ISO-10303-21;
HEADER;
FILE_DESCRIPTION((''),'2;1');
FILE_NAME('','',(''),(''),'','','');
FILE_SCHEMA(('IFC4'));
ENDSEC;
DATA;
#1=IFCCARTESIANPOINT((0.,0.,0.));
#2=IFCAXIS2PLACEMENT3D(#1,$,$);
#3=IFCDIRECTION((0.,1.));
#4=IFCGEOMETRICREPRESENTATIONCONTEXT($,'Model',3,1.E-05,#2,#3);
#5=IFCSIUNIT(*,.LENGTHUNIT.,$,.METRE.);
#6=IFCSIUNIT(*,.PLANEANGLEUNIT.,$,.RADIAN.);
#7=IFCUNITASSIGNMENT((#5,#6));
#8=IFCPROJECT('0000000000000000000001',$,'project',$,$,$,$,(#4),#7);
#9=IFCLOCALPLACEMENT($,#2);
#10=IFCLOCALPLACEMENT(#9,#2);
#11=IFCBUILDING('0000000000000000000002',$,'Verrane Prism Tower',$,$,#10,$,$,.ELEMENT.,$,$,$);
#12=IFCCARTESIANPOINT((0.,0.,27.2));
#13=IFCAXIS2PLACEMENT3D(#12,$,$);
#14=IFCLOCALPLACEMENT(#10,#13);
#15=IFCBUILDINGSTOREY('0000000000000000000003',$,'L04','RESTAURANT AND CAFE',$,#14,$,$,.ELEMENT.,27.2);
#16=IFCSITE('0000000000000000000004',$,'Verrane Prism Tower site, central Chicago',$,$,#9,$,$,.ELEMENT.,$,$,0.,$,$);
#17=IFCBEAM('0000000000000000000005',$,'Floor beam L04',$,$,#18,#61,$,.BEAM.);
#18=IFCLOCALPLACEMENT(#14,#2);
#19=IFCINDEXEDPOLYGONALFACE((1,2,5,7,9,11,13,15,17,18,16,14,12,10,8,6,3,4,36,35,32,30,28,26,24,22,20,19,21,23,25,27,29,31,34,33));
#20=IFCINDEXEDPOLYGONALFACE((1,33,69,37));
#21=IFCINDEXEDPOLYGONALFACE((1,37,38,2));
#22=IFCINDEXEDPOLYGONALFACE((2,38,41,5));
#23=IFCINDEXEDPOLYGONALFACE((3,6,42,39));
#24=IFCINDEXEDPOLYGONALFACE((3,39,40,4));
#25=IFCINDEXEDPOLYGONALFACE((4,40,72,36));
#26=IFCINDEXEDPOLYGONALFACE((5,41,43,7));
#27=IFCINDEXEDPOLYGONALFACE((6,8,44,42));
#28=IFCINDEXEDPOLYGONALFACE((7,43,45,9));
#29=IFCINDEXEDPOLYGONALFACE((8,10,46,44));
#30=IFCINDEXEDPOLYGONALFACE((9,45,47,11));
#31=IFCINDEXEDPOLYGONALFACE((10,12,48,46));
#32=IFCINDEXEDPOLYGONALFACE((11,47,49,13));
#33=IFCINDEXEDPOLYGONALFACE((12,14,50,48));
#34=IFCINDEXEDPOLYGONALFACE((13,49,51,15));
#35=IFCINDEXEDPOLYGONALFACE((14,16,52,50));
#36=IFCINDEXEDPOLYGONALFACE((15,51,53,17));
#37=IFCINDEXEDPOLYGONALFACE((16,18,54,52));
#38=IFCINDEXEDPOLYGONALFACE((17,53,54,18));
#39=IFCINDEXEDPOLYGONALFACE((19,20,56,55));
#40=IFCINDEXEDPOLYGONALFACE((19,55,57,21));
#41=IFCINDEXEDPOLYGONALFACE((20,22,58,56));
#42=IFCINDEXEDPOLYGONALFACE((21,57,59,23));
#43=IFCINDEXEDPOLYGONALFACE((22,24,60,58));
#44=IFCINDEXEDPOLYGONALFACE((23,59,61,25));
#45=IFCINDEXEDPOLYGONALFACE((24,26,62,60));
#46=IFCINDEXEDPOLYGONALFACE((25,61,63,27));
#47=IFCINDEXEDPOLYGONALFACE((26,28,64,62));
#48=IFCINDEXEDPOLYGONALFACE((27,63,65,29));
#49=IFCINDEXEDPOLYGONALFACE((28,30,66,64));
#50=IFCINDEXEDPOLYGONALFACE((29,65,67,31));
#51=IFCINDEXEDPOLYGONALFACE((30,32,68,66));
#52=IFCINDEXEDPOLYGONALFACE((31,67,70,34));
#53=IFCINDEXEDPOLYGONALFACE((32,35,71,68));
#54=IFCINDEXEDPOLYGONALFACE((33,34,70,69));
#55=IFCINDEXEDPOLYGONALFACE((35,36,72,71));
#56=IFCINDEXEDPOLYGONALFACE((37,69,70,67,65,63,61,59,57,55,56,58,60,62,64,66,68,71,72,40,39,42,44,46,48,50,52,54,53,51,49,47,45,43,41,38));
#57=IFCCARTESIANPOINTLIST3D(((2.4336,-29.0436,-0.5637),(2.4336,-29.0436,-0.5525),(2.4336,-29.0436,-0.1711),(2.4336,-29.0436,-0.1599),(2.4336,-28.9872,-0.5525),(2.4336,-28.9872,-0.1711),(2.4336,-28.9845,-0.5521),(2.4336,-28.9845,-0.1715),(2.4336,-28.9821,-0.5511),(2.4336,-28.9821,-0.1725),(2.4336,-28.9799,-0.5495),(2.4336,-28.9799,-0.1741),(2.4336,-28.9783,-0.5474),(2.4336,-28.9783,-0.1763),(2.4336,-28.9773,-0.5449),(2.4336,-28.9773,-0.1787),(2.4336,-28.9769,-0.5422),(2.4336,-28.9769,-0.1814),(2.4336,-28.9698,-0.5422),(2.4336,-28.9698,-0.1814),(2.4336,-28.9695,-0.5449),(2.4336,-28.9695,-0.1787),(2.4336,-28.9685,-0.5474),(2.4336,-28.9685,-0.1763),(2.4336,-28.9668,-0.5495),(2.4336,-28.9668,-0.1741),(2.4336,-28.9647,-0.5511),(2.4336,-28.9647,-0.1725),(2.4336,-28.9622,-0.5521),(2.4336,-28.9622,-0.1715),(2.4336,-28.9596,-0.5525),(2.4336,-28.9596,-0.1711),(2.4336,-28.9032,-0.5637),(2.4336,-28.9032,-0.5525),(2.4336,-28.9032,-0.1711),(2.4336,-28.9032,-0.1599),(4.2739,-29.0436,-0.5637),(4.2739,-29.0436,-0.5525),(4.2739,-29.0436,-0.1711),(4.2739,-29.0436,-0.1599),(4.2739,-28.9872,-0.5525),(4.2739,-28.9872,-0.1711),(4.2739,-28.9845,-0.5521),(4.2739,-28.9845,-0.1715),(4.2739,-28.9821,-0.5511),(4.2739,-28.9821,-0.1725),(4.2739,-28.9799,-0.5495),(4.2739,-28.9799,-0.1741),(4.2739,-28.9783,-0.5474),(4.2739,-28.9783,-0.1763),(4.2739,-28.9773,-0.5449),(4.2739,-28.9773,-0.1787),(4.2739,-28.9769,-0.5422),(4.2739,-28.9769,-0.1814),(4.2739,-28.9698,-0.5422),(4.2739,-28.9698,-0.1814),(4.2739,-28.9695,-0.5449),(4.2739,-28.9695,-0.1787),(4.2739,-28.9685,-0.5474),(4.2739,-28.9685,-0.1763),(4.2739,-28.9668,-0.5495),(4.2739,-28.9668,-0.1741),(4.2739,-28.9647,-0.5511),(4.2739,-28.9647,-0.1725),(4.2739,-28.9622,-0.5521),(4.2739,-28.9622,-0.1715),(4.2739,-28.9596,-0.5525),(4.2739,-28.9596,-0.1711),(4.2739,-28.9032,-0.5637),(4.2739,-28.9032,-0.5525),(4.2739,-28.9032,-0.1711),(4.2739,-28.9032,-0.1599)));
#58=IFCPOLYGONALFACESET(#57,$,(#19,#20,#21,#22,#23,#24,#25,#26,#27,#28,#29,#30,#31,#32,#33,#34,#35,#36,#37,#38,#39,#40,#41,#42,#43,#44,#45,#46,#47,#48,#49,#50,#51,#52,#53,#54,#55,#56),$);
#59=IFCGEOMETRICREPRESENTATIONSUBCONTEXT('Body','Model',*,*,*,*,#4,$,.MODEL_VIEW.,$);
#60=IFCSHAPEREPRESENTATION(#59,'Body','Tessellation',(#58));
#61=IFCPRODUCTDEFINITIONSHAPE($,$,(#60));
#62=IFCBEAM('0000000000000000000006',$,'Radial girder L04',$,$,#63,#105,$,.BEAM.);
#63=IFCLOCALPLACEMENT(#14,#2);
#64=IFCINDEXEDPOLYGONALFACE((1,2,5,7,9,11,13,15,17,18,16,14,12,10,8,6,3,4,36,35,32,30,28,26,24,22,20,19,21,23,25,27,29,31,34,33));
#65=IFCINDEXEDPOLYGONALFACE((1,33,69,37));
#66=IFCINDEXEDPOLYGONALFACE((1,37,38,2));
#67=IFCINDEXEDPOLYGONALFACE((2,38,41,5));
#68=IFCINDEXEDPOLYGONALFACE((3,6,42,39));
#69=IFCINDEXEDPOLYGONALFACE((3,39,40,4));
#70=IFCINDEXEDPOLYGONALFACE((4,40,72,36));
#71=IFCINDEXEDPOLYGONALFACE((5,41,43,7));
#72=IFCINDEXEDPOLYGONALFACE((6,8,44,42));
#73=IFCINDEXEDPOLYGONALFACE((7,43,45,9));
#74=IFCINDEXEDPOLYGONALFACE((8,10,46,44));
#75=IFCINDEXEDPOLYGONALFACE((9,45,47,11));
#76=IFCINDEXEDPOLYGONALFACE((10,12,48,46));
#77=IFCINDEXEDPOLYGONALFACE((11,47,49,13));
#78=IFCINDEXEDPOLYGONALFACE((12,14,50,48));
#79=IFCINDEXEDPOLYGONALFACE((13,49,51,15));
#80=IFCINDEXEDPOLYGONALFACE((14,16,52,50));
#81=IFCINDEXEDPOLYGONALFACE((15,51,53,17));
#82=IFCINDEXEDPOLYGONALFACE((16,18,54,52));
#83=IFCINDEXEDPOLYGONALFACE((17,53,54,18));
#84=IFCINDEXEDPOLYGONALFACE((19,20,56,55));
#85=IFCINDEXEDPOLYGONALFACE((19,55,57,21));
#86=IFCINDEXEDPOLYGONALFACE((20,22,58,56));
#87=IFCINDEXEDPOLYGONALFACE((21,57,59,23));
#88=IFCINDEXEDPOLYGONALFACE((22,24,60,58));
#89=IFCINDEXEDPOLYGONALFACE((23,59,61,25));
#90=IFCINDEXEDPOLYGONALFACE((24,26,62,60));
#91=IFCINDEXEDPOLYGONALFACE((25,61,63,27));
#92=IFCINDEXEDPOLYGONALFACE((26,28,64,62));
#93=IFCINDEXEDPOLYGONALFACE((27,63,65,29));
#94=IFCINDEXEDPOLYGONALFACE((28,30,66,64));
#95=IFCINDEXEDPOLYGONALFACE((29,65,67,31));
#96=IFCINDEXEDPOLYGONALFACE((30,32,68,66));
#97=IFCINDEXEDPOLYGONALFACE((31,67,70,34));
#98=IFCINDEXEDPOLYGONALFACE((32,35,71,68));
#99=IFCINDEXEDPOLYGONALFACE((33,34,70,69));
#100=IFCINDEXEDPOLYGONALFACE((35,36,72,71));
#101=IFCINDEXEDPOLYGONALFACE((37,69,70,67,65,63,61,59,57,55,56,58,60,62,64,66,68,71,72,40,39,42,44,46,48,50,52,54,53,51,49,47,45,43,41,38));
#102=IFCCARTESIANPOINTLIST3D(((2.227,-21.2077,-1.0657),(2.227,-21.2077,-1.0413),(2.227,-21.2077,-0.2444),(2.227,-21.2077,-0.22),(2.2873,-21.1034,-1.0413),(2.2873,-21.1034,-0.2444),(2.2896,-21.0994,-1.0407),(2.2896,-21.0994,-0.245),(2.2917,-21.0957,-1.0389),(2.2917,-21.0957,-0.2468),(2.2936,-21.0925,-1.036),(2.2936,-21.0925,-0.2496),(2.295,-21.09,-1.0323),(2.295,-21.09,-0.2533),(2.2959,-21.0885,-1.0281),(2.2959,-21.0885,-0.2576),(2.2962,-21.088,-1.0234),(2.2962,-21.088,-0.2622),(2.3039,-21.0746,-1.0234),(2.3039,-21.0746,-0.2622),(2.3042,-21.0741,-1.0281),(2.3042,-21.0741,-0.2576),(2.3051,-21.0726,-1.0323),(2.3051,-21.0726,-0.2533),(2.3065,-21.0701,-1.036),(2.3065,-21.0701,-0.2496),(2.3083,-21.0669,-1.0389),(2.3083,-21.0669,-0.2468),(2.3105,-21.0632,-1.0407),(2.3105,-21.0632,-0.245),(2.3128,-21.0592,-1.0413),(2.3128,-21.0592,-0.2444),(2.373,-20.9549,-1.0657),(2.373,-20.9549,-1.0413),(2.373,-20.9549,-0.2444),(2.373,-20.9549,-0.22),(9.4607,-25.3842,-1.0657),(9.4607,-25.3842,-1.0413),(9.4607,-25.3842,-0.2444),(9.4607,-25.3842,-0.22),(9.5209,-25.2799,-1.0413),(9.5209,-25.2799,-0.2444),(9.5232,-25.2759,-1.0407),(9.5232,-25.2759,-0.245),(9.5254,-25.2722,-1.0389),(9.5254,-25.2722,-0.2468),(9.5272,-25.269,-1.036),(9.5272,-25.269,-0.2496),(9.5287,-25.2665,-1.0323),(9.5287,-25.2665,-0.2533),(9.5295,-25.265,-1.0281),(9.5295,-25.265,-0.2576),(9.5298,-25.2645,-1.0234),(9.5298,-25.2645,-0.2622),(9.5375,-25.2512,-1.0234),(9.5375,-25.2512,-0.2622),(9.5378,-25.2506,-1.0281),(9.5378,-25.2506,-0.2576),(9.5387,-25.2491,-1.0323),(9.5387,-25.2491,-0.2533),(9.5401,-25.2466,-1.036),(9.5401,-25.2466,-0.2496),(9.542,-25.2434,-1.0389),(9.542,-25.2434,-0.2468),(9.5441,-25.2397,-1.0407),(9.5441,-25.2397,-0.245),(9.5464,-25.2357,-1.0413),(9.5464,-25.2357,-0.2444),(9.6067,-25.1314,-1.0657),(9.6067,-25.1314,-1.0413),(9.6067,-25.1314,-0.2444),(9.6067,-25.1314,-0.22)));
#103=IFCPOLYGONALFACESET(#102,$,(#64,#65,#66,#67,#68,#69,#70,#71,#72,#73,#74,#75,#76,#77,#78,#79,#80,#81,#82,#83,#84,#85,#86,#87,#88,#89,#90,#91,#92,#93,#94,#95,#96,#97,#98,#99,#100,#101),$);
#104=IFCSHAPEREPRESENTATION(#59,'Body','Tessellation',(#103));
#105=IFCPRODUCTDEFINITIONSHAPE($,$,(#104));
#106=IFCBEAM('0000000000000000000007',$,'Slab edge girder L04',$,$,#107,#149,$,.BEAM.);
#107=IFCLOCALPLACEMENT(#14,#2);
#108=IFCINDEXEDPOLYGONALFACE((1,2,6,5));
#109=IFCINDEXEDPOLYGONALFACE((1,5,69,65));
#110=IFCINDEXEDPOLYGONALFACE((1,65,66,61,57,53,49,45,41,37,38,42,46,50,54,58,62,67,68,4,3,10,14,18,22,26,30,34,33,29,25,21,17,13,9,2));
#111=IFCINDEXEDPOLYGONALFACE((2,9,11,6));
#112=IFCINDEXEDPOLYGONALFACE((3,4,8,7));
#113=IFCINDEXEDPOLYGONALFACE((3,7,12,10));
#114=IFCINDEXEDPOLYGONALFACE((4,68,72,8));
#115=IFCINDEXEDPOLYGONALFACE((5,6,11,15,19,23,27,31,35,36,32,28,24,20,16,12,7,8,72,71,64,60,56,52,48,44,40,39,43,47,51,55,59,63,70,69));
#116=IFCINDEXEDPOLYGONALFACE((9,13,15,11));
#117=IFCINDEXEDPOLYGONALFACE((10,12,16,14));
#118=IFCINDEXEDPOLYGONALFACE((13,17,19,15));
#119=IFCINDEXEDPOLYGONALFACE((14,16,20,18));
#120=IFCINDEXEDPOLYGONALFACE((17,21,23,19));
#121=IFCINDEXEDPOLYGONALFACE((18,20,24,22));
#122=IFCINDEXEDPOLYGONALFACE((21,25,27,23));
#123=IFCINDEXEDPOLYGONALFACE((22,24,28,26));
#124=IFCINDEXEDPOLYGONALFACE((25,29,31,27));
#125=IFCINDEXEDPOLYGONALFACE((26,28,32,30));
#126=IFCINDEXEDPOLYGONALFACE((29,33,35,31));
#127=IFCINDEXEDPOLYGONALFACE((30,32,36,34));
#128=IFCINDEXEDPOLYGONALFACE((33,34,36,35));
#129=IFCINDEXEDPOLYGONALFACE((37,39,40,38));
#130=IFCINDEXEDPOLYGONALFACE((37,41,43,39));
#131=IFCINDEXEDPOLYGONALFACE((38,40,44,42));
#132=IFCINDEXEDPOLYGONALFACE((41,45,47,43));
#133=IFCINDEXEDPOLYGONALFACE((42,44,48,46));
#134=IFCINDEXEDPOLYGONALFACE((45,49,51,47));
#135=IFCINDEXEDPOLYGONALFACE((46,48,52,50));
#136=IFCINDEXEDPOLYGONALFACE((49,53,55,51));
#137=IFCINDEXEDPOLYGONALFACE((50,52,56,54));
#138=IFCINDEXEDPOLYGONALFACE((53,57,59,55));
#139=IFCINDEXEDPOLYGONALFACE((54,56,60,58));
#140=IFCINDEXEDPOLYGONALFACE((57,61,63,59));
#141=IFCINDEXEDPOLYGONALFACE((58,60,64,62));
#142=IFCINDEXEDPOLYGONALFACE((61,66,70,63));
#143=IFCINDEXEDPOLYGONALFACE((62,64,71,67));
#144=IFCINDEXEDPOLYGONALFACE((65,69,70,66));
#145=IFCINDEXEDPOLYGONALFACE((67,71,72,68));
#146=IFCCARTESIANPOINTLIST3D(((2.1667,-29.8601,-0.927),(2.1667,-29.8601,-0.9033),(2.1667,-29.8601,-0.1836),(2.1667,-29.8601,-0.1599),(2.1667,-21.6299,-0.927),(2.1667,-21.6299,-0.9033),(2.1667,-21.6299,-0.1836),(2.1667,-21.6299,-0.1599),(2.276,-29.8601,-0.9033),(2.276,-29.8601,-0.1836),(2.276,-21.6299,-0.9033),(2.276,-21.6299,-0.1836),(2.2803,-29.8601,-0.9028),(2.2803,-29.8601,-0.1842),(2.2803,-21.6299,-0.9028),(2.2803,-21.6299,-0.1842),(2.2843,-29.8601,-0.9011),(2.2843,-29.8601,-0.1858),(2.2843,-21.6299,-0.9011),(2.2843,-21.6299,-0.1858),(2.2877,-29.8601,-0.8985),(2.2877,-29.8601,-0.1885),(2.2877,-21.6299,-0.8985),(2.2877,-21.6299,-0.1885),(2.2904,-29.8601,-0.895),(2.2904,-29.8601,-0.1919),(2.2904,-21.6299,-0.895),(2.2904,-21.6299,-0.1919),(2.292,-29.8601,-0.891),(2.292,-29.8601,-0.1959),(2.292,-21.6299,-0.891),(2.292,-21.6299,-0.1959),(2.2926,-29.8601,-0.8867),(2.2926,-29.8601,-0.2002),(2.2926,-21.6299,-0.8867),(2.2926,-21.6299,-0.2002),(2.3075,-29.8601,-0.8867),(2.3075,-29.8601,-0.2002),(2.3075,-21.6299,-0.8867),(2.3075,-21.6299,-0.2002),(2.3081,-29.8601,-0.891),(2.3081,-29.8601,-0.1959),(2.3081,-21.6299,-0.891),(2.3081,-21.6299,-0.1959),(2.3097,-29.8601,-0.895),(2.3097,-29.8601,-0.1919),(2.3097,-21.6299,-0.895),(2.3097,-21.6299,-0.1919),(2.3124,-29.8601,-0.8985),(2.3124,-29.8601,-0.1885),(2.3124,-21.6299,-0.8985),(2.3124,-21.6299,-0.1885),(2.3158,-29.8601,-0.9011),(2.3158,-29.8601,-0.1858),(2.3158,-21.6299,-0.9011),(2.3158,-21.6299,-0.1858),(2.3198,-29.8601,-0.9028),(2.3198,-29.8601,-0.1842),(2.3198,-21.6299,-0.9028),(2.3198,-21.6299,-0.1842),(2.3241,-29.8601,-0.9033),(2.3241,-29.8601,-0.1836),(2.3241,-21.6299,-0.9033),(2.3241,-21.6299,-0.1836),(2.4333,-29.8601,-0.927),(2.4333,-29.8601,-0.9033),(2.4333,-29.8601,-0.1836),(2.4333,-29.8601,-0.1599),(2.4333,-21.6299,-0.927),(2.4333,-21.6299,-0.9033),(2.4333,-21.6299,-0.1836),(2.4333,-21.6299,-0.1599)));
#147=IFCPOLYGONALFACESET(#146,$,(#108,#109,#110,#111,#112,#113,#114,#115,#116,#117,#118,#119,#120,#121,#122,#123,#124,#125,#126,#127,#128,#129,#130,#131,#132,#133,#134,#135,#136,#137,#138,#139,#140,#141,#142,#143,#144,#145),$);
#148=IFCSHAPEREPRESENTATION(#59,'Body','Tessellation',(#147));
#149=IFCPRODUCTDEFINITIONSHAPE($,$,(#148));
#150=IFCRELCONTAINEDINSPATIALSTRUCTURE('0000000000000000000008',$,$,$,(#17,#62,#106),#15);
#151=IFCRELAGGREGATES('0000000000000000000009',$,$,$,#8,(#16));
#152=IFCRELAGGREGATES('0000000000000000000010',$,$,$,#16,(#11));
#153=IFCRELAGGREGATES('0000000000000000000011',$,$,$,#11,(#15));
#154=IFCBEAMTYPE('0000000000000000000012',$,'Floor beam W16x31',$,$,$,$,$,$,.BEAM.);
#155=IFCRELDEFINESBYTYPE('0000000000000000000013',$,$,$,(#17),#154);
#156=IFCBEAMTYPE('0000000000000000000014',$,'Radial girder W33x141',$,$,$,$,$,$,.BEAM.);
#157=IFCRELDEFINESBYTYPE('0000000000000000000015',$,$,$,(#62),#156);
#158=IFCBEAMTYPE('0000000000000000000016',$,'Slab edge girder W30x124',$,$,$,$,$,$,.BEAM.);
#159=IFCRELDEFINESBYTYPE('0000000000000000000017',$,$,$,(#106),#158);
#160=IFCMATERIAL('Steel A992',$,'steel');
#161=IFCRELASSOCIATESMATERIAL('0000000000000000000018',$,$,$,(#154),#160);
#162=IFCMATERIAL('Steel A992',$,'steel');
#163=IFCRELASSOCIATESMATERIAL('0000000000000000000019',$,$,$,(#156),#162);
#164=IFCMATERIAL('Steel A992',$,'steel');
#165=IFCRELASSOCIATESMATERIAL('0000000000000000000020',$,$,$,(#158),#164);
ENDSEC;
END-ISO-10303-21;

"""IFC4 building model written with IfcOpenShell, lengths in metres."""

from ifc_helpers import new_model, si_unit, direction, frame, origin, origin_2d, place, context, subcontext, project, spatial, i_section, extrude, material, material_profile, profile_set, type_object, element, save


model = new_model("IFC4")

# Units and contexts
model_context = context("Model", 3, precision=1e-05, world=origin(), true_north=direction((0.0, 1.0)))
body_context = subcontext(model_context, "Body", "Model", "MODEL_VIEW")
ifc_project = project(units=[si_unit("LENGTHUNIT", "METRE"), si_unit("PLANEANGLEUNIT", "RADIAN")], contexts=[model_context])

# Site, building, storey
site_placement = place(None, origin())
site = spatial("IfcSite", under=ifc_project, at=site_placement, Name="Verrane Prism Tower site, central Chicago", CompositionType="ELEMENT", RefElevation=0.0)
building_placement = place(site_placement, origin())
building = spatial("IfcBuilding", under=site, at=building_placement, Name="Verrane Prism Tower", CompositionType="ELEMENT")
storey_placement = place(building_placement, frame((0.0, 0.0, 27.2)))
storey = spatial("IfcBuildingStorey", under=building, at=storey_placement, Name="L04", Description="RESTAURANT AND CAFE", CompositionType="ELEMENT", Elevation=27.2)

# Beams
ifc_material_1 = material(Name="Steel A992", Category="steel")
ifc_material_profile_1 = material_profile(ifc_material_1, i_section(OverallWidth=0.1404, OverallDepth=0.4038, WebThickness=0.0071, FlangeThickness=0.0112, FilletRadius=0.0103, at=origin_2d()), Name="W16x31")
ifc_profile_set_1 = profile_set([ifc_material_profile_1], Name="Steel A992")
beam_type_1 = type_object("IfcBeamType", Name="Floor beam W16x31", PredefinedType="BEAM", material=ifc_profile_set_1)
beam_1_placement = place(storey_placement, frame((2.4336, -28.9734, -0.3618), z_axis=(1.0, 0.0, 0.0), x_axis=(0.0, 1.0, 0.0)))
element("IfcBeam", 1, at=beam_1_placement, inside=storey, type_object=beam_type_1, Name="Floor beam L04", PredefinedType="BEAM", context=body_context, shape_type="SweptSolid", body=[
    extrude(i_section(OverallWidth=0.1404, OverallDepth=0.4038, WebThickness=0.0071, FlangeThickness=0.0112, FilletRadius=0.0103, at=origin_2d()), origin(), (0.0, 0.0, 1.0), 1.8403),
])
ifc_material_2 = material(Name="Steel A992", Category="steel")
ifc_material_profile_2 = material_profile(ifc_material_2, i_section(OverallWidth=0.292, OverallDepth=0.8457, WebThickness=0.0154, FlangeThickness=0.0244, FilletRadius=0.0178, at=origin_2d()), Name="W33x141")
ifc_profile_set_2 = profile_set([ifc_material_profile_2], Name="Steel A992")
beam_type_2 = type_object("IfcBeamType", Name="Radial girder W33x141", PredefinedType="BEAM", material=ifc_profile_set_2)
beam_2_placement = place(storey_placement, frame((9.5337, -25.2578, -0.6428), z_axis=(-0.866017, 0.500015, 0.0), x_axis=(-0.500015, -0.866017, 0.0)))
element("IfcBeam", 2, at=beam_2_placement, inside=storey, type_object=beam_type_2, Name="Radial girder L04", PredefinedType="BEAM", context=body_context, shape_type="SweptSolid", body=[
    extrude(i_section(OverallWidth=0.292, OverallDepth=0.8457, WebThickness=0.0154, FlangeThickness=0.0244, FilletRadius=0.0178, at=origin_2d()), origin(), (0.0, 0.0, 1.0), 8.3528),
])
ifc_material_3 = material(Name="Steel A992", Category="steel")
ifc_material_profile_3 = material_profile(ifc_material_3, i_section(OverallWidth=0.2666, OverallDepth=0.7671, WebThickness=0.0149, FlangeThickness=0.0237, FilletRadius=0.0166, at=origin_2d()), Name="W30x124")
ifc_profile_set_3 = profile_set([ifc_material_profile_3], Name="Steel A992")
beam_type_3 = type_object("IfcBeamType", Name="Slab edge girder W30x124", PredefinedType="BEAM", material=ifc_profile_set_3)
beam_3_placement = place(storey_placement, frame((2.3, -29.8601, -0.5435), z_axis=(0.0, 1.0, 0.0), x_axis=(-1.0, 0.0, 0.0)))
element("IfcBeam", 3, at=beam_3_placement, inside=storey, type_object=beam_type_3, Name="Slab edge girder L04", PredefinedType="BEAM", context=body_context, shape_type="SweptSolid", body=[
    extrude(i_section(OverallWidth=0.2666, OverallDepth=0.7671, WebThickness=0.0149, FlangeThickness=0.0237, FilletRadius=0.0166, at=origin_2d()), origin(), (0.0, 0.0, 1.0), 8.2302),
])

save(model, "model.ifc")
